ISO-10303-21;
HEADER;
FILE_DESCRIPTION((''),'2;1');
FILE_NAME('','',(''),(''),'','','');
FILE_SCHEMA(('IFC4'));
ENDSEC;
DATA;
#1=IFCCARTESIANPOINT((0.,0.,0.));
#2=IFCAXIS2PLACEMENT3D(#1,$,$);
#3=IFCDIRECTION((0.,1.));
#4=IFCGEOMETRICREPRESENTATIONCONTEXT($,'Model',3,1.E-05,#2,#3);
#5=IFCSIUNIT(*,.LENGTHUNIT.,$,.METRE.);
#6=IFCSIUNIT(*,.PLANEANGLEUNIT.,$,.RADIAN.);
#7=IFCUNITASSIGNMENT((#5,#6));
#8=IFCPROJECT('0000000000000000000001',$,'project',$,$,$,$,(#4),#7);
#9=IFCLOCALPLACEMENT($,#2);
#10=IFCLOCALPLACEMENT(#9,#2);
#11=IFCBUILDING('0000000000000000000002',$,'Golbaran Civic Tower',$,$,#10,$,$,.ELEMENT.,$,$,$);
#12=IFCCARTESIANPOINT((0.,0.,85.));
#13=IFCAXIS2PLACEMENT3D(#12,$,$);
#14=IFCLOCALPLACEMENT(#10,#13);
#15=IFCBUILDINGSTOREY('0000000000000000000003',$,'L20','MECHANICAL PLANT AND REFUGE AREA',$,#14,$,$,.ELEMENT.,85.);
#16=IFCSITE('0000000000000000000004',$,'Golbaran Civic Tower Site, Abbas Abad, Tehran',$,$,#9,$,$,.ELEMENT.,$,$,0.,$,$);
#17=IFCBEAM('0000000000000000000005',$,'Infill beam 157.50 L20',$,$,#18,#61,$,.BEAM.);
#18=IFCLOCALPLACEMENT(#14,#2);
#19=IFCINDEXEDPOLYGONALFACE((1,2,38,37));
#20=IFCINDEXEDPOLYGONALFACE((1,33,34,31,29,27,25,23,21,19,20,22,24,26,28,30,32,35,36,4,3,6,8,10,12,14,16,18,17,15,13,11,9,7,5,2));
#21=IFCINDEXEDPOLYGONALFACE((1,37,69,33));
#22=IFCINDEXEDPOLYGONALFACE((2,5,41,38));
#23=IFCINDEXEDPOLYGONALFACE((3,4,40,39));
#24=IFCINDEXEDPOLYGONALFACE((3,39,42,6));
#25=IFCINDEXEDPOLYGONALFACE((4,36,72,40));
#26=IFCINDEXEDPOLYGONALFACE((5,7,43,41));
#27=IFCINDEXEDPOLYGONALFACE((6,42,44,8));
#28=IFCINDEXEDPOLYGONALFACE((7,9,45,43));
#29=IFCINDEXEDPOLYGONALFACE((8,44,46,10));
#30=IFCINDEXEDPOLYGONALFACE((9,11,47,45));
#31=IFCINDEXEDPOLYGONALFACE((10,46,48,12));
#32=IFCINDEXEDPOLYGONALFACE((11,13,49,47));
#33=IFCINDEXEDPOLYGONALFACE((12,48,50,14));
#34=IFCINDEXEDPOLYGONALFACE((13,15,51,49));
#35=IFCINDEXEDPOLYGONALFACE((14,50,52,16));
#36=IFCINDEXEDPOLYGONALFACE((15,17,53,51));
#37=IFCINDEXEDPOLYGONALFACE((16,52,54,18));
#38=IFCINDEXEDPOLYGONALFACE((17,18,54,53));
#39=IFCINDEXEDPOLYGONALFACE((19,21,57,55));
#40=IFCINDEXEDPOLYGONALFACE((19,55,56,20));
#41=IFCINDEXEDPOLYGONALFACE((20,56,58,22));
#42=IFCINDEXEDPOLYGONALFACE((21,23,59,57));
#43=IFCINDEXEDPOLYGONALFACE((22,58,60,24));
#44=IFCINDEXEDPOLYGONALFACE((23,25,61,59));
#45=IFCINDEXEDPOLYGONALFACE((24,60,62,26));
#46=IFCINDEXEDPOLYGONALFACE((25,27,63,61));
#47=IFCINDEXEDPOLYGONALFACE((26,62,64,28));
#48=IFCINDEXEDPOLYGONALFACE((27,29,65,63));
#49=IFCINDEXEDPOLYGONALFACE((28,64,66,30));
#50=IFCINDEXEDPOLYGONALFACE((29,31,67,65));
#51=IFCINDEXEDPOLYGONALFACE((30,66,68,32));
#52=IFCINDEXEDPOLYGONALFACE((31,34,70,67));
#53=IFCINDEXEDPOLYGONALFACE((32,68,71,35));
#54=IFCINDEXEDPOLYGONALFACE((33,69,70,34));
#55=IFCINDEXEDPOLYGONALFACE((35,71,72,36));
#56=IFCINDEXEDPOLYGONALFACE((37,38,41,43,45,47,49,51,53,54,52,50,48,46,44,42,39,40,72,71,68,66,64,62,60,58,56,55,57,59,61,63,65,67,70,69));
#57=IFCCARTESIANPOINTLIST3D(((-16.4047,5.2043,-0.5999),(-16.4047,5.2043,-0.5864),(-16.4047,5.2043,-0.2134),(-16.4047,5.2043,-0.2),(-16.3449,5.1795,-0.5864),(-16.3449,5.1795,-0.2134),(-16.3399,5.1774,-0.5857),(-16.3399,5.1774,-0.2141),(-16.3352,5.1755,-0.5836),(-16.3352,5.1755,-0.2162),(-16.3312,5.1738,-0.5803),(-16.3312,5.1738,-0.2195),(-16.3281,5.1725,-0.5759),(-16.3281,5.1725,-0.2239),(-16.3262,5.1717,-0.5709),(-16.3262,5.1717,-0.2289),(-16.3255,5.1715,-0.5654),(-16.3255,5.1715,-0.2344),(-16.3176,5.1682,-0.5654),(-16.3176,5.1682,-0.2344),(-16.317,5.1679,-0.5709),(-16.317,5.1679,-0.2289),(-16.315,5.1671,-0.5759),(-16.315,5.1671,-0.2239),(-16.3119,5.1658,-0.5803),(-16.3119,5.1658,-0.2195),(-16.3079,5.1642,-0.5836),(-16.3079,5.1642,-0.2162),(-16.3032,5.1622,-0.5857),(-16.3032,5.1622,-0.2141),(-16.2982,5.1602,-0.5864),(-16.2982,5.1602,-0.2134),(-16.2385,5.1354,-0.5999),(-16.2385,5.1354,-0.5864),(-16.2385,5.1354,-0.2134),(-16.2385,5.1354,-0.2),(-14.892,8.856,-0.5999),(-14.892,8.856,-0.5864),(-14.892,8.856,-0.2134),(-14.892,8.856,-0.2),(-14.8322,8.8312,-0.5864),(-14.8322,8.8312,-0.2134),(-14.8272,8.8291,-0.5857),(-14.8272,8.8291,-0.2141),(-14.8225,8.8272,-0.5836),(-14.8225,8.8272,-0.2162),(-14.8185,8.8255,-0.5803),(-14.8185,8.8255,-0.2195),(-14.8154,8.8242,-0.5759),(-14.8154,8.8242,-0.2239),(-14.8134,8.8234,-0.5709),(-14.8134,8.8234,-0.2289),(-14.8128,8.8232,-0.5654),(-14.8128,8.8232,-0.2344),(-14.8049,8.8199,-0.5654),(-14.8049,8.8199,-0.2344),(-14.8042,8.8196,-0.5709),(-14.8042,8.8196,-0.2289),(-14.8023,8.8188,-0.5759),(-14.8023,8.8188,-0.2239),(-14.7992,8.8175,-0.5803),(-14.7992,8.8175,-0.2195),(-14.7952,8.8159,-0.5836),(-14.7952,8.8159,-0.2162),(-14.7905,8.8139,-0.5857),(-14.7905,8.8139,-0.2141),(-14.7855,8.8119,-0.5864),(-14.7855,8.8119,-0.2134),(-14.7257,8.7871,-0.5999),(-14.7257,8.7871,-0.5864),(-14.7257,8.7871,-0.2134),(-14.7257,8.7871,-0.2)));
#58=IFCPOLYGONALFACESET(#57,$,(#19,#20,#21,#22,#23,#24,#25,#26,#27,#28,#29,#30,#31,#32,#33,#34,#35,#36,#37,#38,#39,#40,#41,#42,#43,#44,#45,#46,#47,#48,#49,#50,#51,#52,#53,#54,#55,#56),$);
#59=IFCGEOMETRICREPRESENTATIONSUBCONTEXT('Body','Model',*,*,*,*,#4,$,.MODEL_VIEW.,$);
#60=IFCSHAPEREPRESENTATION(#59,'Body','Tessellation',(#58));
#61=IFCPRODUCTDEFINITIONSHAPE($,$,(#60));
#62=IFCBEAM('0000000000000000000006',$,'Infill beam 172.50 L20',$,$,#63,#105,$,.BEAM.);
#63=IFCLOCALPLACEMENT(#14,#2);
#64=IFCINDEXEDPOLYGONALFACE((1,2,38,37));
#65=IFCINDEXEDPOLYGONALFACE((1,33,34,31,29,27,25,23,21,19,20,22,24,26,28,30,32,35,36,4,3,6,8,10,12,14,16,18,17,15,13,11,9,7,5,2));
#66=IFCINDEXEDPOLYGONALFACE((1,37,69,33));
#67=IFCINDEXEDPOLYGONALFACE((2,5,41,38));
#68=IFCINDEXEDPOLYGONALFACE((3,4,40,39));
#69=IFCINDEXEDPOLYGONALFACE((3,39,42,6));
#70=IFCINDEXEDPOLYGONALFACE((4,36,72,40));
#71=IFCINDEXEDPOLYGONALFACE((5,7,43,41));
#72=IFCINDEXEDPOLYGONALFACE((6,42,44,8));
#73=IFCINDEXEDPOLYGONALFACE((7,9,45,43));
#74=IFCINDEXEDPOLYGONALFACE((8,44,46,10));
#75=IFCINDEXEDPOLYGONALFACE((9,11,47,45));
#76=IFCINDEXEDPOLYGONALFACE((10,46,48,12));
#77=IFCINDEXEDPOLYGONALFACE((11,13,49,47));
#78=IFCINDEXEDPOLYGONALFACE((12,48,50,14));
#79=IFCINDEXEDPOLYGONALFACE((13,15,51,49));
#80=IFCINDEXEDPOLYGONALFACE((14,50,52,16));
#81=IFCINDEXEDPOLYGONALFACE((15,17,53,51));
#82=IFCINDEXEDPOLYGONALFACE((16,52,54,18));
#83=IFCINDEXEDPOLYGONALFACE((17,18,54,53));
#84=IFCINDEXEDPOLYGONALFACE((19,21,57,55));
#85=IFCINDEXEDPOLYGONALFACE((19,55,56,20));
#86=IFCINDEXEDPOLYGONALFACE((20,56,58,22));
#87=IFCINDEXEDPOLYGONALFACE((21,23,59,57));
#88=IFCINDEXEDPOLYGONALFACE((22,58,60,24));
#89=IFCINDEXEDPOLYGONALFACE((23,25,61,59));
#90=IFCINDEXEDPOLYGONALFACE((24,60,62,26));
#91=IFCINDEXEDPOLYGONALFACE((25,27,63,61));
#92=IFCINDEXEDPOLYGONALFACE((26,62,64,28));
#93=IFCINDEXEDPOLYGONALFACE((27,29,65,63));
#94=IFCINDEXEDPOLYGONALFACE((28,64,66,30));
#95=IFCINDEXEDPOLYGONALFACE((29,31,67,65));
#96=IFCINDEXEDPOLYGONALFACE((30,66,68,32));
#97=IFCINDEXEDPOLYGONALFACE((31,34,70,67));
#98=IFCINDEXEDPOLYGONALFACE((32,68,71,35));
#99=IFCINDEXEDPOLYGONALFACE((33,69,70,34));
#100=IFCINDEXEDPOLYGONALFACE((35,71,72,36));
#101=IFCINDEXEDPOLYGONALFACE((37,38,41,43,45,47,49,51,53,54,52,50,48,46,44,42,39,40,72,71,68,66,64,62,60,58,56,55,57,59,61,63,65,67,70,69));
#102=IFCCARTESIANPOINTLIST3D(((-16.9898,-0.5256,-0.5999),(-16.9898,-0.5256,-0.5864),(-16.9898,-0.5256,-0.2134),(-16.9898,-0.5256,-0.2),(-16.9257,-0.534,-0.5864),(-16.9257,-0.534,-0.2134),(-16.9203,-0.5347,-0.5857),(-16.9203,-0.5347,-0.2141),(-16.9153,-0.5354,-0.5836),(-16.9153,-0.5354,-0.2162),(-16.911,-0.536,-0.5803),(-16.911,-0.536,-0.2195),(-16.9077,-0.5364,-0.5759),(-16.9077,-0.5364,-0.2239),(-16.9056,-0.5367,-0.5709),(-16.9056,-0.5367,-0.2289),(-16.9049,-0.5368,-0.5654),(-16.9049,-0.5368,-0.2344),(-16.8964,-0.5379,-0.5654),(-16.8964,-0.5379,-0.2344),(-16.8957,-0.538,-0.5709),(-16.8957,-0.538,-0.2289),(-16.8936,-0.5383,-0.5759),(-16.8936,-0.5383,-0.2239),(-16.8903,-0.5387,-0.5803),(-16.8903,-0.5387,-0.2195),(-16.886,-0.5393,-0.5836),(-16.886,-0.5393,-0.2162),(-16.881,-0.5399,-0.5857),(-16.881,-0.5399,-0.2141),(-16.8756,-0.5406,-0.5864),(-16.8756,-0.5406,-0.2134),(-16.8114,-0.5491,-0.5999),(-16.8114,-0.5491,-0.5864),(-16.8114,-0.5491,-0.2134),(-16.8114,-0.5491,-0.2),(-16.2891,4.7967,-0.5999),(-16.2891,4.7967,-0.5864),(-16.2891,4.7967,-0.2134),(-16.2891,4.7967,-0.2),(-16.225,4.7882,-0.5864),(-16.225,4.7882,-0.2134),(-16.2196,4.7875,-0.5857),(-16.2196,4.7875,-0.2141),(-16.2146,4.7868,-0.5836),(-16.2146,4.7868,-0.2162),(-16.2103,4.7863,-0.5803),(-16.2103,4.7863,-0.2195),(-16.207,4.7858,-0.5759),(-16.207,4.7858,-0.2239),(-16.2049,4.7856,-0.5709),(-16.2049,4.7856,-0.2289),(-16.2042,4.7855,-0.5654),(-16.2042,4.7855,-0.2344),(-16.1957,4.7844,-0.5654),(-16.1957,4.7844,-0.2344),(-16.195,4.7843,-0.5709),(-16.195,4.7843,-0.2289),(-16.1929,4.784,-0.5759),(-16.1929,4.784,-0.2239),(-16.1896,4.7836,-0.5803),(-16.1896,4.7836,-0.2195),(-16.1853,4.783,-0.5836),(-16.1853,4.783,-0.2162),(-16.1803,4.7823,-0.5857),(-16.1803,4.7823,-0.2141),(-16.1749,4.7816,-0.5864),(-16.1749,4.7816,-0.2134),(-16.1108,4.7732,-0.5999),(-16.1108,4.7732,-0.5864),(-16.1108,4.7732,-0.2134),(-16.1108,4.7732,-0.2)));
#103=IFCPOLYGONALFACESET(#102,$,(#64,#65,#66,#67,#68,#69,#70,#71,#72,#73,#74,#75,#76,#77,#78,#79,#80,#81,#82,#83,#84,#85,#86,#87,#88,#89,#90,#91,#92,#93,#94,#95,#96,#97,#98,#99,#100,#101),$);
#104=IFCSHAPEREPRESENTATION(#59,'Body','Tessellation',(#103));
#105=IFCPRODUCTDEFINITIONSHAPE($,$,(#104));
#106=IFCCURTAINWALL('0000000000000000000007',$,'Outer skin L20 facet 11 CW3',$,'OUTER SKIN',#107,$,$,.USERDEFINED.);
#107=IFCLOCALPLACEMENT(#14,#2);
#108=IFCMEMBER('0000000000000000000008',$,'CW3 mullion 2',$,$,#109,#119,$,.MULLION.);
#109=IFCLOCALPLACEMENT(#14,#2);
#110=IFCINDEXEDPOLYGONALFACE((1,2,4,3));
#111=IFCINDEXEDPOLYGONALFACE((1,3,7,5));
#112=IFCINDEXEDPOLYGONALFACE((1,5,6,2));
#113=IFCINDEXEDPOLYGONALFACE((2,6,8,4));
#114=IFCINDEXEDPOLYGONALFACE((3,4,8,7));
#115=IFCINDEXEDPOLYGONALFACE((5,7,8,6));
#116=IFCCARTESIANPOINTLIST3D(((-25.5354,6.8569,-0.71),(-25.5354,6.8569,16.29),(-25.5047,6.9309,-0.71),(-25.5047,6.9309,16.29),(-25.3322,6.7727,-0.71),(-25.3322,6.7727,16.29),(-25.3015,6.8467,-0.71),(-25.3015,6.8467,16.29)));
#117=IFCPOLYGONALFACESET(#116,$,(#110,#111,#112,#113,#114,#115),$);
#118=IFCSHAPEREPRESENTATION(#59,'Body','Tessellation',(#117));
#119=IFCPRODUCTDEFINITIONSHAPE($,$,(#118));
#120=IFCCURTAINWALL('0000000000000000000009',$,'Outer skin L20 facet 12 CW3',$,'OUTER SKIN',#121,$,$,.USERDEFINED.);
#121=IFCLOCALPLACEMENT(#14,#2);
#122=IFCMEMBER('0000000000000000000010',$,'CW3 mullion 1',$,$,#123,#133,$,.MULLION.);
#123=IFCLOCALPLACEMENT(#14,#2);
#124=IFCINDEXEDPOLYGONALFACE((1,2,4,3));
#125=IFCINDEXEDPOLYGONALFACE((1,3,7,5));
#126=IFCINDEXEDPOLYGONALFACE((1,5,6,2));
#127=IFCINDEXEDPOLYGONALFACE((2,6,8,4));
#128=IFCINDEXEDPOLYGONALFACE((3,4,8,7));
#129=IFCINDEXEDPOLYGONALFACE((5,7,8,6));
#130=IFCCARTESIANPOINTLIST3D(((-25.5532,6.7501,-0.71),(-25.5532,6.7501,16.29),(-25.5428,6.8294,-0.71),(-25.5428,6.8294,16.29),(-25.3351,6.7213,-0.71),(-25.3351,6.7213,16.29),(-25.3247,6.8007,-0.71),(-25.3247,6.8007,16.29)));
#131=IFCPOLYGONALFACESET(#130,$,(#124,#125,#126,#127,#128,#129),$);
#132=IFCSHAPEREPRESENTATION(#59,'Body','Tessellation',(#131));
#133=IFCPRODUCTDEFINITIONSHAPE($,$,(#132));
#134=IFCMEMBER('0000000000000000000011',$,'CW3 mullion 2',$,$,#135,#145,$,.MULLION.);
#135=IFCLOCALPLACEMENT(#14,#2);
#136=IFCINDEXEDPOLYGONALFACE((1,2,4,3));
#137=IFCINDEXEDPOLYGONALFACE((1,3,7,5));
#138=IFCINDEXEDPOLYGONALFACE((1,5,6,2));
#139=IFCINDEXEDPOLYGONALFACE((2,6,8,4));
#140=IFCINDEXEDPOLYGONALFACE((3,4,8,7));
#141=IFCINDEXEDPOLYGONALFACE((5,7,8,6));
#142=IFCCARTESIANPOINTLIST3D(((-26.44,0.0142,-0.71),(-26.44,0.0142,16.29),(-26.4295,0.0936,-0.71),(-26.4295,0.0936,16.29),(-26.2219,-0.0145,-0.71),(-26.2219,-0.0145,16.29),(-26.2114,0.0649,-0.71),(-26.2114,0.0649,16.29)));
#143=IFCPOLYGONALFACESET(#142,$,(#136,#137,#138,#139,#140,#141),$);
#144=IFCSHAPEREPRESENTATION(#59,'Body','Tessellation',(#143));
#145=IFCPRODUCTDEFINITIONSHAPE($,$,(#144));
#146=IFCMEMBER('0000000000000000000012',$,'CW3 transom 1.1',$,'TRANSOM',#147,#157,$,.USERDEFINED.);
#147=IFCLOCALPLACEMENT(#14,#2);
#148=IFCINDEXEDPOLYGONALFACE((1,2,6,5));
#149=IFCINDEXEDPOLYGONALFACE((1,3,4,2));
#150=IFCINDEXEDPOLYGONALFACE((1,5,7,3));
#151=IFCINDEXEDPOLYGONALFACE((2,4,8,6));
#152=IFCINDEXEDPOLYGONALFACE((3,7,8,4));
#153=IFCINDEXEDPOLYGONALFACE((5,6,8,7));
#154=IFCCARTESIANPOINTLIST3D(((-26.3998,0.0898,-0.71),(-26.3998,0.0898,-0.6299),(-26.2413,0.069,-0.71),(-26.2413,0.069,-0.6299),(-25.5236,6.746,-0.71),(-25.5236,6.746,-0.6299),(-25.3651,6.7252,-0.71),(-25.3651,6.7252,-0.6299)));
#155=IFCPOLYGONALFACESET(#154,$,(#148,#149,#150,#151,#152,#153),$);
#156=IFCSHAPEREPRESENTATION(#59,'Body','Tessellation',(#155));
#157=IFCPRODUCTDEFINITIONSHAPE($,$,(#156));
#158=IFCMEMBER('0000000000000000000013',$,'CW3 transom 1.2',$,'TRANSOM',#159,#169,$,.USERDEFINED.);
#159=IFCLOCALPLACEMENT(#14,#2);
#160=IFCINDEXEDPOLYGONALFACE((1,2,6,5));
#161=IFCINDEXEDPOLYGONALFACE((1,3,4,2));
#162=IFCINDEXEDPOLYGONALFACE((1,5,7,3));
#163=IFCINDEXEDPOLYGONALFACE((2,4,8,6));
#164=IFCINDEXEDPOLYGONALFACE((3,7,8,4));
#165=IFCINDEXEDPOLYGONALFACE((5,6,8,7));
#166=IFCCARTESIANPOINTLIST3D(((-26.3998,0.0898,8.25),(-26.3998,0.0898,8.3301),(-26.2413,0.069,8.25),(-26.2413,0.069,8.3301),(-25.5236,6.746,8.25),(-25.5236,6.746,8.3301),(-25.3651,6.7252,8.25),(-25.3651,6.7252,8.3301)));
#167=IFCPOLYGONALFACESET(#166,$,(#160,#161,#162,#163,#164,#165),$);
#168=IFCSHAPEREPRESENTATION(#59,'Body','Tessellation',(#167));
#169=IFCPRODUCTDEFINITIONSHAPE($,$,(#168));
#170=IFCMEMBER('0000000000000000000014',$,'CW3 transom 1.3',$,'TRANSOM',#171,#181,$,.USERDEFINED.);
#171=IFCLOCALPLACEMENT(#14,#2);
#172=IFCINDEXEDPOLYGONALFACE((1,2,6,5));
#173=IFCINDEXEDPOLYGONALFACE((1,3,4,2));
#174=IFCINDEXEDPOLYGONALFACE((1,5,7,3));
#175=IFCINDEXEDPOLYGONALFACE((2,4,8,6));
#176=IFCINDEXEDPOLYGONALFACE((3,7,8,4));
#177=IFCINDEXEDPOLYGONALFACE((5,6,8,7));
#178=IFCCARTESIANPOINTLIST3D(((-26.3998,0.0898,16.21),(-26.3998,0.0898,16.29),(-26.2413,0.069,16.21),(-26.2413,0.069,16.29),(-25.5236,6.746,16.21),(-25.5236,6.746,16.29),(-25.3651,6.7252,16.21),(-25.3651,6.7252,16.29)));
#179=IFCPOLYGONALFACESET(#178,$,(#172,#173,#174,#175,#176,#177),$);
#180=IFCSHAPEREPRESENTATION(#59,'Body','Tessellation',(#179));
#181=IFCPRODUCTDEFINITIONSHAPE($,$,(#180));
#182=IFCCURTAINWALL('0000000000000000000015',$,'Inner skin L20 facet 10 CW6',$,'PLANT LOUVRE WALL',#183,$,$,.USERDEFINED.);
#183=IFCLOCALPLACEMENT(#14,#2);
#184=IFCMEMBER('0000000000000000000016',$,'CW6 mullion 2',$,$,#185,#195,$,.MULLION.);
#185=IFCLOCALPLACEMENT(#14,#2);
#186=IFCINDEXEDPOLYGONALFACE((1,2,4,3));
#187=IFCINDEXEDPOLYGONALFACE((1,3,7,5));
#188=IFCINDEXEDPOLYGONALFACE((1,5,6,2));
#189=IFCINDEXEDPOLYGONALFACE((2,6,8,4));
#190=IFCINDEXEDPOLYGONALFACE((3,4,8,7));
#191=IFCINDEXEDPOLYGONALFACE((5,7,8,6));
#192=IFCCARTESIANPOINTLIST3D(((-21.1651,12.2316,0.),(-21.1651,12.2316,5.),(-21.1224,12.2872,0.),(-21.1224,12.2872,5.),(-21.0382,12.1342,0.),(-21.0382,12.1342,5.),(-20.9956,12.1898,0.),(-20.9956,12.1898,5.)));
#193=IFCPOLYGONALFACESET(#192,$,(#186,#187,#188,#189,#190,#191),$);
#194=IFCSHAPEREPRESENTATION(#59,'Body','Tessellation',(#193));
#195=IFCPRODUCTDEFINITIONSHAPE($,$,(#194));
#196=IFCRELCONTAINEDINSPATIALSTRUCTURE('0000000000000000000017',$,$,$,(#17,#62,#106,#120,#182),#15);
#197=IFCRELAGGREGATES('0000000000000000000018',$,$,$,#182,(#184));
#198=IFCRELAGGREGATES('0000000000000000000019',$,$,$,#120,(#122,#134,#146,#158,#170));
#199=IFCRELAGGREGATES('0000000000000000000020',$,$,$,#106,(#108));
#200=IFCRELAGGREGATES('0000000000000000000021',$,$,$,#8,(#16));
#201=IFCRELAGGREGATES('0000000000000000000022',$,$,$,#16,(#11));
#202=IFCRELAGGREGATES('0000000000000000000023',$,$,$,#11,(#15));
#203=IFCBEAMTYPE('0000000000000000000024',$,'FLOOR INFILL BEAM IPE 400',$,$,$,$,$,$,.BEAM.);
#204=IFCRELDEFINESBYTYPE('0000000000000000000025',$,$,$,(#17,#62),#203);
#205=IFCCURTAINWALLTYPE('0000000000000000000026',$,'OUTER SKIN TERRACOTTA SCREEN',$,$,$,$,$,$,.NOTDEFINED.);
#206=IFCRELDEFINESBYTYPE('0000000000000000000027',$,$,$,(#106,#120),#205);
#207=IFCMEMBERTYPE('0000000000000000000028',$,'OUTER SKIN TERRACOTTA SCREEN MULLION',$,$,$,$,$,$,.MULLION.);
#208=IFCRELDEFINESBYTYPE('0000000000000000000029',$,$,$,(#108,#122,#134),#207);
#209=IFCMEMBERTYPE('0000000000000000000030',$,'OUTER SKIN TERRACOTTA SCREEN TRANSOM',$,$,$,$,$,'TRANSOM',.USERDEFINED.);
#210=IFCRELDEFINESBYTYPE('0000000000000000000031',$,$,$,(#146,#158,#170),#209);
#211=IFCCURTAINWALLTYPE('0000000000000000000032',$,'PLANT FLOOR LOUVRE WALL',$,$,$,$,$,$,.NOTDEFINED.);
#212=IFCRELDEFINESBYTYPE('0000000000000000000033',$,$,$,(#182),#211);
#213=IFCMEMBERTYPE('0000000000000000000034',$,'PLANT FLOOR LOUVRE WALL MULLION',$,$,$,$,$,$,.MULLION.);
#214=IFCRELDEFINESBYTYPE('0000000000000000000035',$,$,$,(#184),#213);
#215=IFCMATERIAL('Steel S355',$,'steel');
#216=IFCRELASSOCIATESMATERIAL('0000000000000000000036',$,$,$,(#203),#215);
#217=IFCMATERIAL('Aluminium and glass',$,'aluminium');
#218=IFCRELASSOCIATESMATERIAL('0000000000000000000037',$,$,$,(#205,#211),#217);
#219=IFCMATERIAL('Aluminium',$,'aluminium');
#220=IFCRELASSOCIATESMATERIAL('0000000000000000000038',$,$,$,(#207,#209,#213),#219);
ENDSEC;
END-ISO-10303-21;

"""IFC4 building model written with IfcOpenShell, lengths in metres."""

from ifc_helpers import new_model, si_unit, direction, frame, origin, origin_2d, place, context, subcontext, project, spatial, rectangle, i_section, extrude, material, material_profile, profile_set, type_object, element, aggregate, save


model = new_model("IFC4")

# Units and contexts
model_context = context("Model", 3, precision=1e-05, world=origin(), true_north=direction((0.0, 1.0)))
body_context = subcontext(model_context, "Body", "Model", "MODEL_VIEW")
ifc_project = project(units=[si_unit("LENGTHUNIT", "METRE"), si_unit("PLANEANGLEUNIT", "RADIAN")], contexts=[model_context])

# Site, building, storey
site_placement = place(None, origin())
site = spatial("IfcSite", under=ifc_project, at=site_placement, Name="Golbaran Civic Tower Site, Abbas Abad, Tehran", CompositionType="ELEMENT", RefElevation=0.0)
building_placement = place(site_placement, origin())
building = spatial("IfcBuilding", under=site, at=building_placement, Name="Golbaran Civic Tower", CompositionType="ELEMENT")
storey_placement = place(building_placement, frame((0.0, 0.0, 85.0)))
storey = spatial("IfcBuildingStorey", under=building, at=storey_placement, Name="L20", Description="MECHANICAL PLANT AND REFUGE AREA", CompositionType="ELEMENT", Elevation=85.0)

# Shared definitions
ifc_material_1 = material(Name="Steel S355", Category="steel")

# Beams
ifc_material_profile_1 = material_profile(ifc_material_1, i_section(OverallWidth=0.1799, OverallDepth=0.3999, WebThickness=0.0085, FlangeThickness=0.0134, FilletRadius=0.021, at=origin_2d()), Name="IPE 400")
ifc_profile_set_1 = profile_set([ifc_material_profile_1], Name="Steel S355")
beam_type_1 = type_object("IfcBeamType", Name="FLOOR INFILL BEAM IPE 400", PredefinedType="BEAM", material=ifc_profile_set_1)
beam_1_placement = place(storey_placement, frame((-14.8088, 8.8215, -0.3999), z_axis=(-0.382715, -0.923866, 0.0), x_axis=(0.923866, -0.382715, 0.0)))
element("IfcBeam", 1, at=beam_1_placement, inside=storey, type_object=beam_type_1, Name="Infill beam 157.50 L20", PredefinedType="BEAM", context=body_context, shape_type="SweptSolid", body=[
    extrude(i_section(OverallWidth=0.1799, OverallDepth=0.3999, WebThickness=0.0085, FlangeThickness=0.0134, FilletRadius=0.021, at=origin_2d()), origin(), (0.0, 0.0, 1.0), 3.9526),
])
beam_2_placement = place(storey_placement, frame((-16.2, 4.7849, -0.3999), z_axis=(-0.130525, -0.991445, 0.0), x_axis=(0.991445, -0.130525, 0.0)))
element("IfcBeam", 2, at=beam_2_placement, inside=storey, type_object=beam_type_1, Name="Infill beam 172.50 L20", PredefinedType="BEAM", context=body_context, shape_type="SweptSolid", body=[
    extrude(i_section(OverallWidth=0.1799, OverallDepth=0.3999, WebThickness=0.0085, FlangeThickness=0.0134, FilletRadius=0.021, at=origin_2d()), origin(), (0.0, 0.0, 1.0), 5.3682),
])

# Curtain wall, member
ifc_material_2 = material(Name="Aluminium and glass", Category="aluminium")
curtain_wall_type_1 = type_object("IfcCurtainWallType", Name="OUTER SKIN TERRACOTTA SCREEN", PredefinedType="NOTDEFINED", material=ifc_material_2)
curtain_wall_1_placement = place(storey_placement, origin())
curtain_wall_1 = element("IfcCurtainWall", 3, at=curtain_wall_1_placement, inside=storey, type_object=curtain_wall_type_1, Name="Outer skin L20 facet 11 CW3", ObjectType="OUTER SKIN", PredefinedType="USERDEFINED")
ifc_material_3 = material(Name="Aluminium", Category="aluminium")
ifc_material_profile_2 = material_profile(ifc_material_3, rectangle(XDim=0.22, YDim=0.0801, at=origin_2d()), Name="OUTER SKIN TERRACOTTA SCREEN MULLION")
ifc_profile_set_2 = profile_set([ifc_material_profile_2], Name="Aluminium")
member_type_1 = type_object("IfcMemberType", Name="OUTER SKIN TERRACOTTA SCREEN MULLION", PredefinedType="MULLION", material=ifc_profile_set_2)
member_1_placement = place(storey_placement, frame((-25.4185, 6.8518, -0.71), z_axis=(0.0, 0.0, 1.0), x_axis=(0.92388, -0.382683, 0.0)))
member_1 = element("IfcMember", 4, at=member_1_placement, type_object=member_type_1, Name="CW3 mullion 2", PredefinedType="MULLION", context=body_context, shape_type="SweptSolid", body=[
    extrude(rectangle(XDim=0.22, YDim=0.0801, at=origin_2d()), origin(), (0.0, 0.0, 1.0), 17.0),
])

# Curtain wall, members
curtain_wall_2_placement = place(storey_placement, origin())
curtain_wall_2 = element("IfcCurtainWall", 5, at=curtain_wall_2_placement, inside=storey, type_object=curtain_wall_type_1, Name="Outer skin L20 facet 12 CW3", ObjectType="OUTER SKIN", PredefinedType="USERDEFINED")
member_2_placement = place(storey_placement, frame((-25.439, 6.7754, -0.71), z_axis=(0.0, 0.0, 1.0), x_axis=(0.991445, -0.130526, 0.0)))
member_2 = element("IfcMember", 6, at=member_2_placement, type_object=member_type_1, Name="CW3 mullion 1", PredefinedType="MULLION", context=body_context, shape_type="SweptSolid", body=[
    extrude(rectangle(XDim=0.22, YDim=0.0801, at=origin_2d()), origin(), (0.0, 0.0, 1.0), 17.0),
])
member_3_placement = place(storey_placement, frame((-26.3257, 0.0396, -0.71), z_axis=(0.0, 0.0, 1.0), x_axis=(0.991445, -0.130526, 0.0)))
member_3 = element("IfcMember", 7, at=member_3_placement, type_object=member_type_1, Name="CW3 mullion 2", PredefinedType="MULLION", context=body_context, shape_type="SweptSolid", body=[
    extrude(rectangle(XDim=0.22, YDim=0.0801, at=origin_2d()), origin(), (0.0, 0.0, 1.0), 17.0),
])
ifc_material_profile_3 = material_profile(ifc_material_3, rectangle(XDim=0.1599, YDim=0.0801, at=origin_2d()), Name="OUTER SKIN TERRACOTTA SCREEN TRANSOM")
ifc_profile_set_3 = profile_set([ifc_material_profile_3], Name="Aluminium")
member_type_2 = type_object("IfcMemberType", Name="OUTER SKIN TERRACOTTA SCREEN TRANSOM", ElementType="TRANSOM", PredefinedType="USERDEFINED", material=ifc_profile_set_3)
member_4_placement = place(storey_placement, frame((-25.4443, 6.7356, -0.6699), z_axis=(-0.130513, -0.991447, 0.0), x_axis=(0.991447, -0.130513, 0.0)))
member_4 = element("IfcMember", 8, at=member_4_placement, type_object=member_type_2, Name="CW3 transom 1.1", ObjectType="TRANSOM", PredefinedType="USERDEFINED", context=body_context, shape_type="SweptSolid", body=[
    extrude(rectangle(XDim=0.1599, YDim=0.0801, at=origin_2d()), origin(), (0.0, 0.0, 1.0), 6.7136),
])
member_5_placement = place(storey_placement, frame((-25.4443, 6.7356, 8.29), z_axis=(-0.130513, -0.991447, 0.0), x_axis=(0.991447, -0.130513, 0.0)))
member_5 = element("IfcMember", 9, at=member_5_placement, type_object=member_type_2, Name="CW3 transom 1.2", ObjectType="TRANSOM", PredefinedType="USERDEFINED", context=body_context, shape_type="SweptSolid", body=[
    extrude(rectangle(XDim=0.1599, YDim=0.0801, at=origin_2d()), origin(), (0.0, 0.0, 1.0), 6.7136),
])
member_6_placement = place(storey_placement, frame((-25.4443, 6.7356, 16.25), z_axis=(-0.130513, -0.991447, 0.0), x_axis=(0.991447, -0.130513, 0.0)))
member_6 = element("IfcMember", 10, at=member_6_placement, type_object=member_type_2, Name="CW3 transom 1.3", ObjectType="TRANSOM", PredefinedType="USERDEFINED", context=body_context, shape_type="SweptSolid", body=[
    extrude(rectangle(XDim=0.1599, YDim=0.0801, at=origin_2d()), origin(), (0.0, 0.0, 1.0), 6.7136),
])

# Curtain wall, member
curtain_wall_type_2 = type_object("IfcCurtainWallType", Name="PLANT FLOOR LOUVRE WALL", PredefinedType="NOTDEFINED", material=ifc_material_2)
curtain_wall_3_placement = place(storey_placement, origin())
curtain_wall_3 = element("IfcCurtainWall", 11, at=curtain_wall_3_placement, inside=storey, type_object=curtain_wall_type_2, Name="Inner skin L20 facet 10 CW6", ObjectType="PLANT LOUVRE WALL", PredefinedType="USERDEFINED")
ifc_material_profile_4 = material_profile(ifc_material_3, rectangle(XDim=0.1599, YDim=0.0701, at=origin_2d()), Name="PLANT FLOOR LOUVRE WALL MULLION")
ifc_profile_set_4 = profile_set([ifc_material_profile_4], Name="Aluminium")
member_type_3 = type_object("IfcMemberType", Name="PLANT FLOOR LOUVRE WALL MULLION", PredefinedType="MULLION", material=ifc_profile_set_4)
member_7_placement = place(storey_placement, frame((-21.0803, 12.2107, 0.0), z_axis=(0.0, 0.0, 1.0), x_axis=(0.793353, -0.608761, 0.0)))
member_7 = element("IfcMember", 12, at=member_7_placement, type_object=member_type_3, Name="CW6 mullion 2", PredefinedType="MULLION", context=body_context, shape_type="SweptSolid", body=[
    extrude(rectangle(XDim=0.1599, YDim=0.0701, at=origin_2d()), origin(), (0.0, 0.0, 1.0), 5.0),
])
aggregate(curtain_wall_3, [member_7])

aggregate(curtain_wall_2, [member_2, member_3, member_4, member_5, member_6])
aggregate(curtain_wall_1, [member_1])

save(model, "model.ifc")
